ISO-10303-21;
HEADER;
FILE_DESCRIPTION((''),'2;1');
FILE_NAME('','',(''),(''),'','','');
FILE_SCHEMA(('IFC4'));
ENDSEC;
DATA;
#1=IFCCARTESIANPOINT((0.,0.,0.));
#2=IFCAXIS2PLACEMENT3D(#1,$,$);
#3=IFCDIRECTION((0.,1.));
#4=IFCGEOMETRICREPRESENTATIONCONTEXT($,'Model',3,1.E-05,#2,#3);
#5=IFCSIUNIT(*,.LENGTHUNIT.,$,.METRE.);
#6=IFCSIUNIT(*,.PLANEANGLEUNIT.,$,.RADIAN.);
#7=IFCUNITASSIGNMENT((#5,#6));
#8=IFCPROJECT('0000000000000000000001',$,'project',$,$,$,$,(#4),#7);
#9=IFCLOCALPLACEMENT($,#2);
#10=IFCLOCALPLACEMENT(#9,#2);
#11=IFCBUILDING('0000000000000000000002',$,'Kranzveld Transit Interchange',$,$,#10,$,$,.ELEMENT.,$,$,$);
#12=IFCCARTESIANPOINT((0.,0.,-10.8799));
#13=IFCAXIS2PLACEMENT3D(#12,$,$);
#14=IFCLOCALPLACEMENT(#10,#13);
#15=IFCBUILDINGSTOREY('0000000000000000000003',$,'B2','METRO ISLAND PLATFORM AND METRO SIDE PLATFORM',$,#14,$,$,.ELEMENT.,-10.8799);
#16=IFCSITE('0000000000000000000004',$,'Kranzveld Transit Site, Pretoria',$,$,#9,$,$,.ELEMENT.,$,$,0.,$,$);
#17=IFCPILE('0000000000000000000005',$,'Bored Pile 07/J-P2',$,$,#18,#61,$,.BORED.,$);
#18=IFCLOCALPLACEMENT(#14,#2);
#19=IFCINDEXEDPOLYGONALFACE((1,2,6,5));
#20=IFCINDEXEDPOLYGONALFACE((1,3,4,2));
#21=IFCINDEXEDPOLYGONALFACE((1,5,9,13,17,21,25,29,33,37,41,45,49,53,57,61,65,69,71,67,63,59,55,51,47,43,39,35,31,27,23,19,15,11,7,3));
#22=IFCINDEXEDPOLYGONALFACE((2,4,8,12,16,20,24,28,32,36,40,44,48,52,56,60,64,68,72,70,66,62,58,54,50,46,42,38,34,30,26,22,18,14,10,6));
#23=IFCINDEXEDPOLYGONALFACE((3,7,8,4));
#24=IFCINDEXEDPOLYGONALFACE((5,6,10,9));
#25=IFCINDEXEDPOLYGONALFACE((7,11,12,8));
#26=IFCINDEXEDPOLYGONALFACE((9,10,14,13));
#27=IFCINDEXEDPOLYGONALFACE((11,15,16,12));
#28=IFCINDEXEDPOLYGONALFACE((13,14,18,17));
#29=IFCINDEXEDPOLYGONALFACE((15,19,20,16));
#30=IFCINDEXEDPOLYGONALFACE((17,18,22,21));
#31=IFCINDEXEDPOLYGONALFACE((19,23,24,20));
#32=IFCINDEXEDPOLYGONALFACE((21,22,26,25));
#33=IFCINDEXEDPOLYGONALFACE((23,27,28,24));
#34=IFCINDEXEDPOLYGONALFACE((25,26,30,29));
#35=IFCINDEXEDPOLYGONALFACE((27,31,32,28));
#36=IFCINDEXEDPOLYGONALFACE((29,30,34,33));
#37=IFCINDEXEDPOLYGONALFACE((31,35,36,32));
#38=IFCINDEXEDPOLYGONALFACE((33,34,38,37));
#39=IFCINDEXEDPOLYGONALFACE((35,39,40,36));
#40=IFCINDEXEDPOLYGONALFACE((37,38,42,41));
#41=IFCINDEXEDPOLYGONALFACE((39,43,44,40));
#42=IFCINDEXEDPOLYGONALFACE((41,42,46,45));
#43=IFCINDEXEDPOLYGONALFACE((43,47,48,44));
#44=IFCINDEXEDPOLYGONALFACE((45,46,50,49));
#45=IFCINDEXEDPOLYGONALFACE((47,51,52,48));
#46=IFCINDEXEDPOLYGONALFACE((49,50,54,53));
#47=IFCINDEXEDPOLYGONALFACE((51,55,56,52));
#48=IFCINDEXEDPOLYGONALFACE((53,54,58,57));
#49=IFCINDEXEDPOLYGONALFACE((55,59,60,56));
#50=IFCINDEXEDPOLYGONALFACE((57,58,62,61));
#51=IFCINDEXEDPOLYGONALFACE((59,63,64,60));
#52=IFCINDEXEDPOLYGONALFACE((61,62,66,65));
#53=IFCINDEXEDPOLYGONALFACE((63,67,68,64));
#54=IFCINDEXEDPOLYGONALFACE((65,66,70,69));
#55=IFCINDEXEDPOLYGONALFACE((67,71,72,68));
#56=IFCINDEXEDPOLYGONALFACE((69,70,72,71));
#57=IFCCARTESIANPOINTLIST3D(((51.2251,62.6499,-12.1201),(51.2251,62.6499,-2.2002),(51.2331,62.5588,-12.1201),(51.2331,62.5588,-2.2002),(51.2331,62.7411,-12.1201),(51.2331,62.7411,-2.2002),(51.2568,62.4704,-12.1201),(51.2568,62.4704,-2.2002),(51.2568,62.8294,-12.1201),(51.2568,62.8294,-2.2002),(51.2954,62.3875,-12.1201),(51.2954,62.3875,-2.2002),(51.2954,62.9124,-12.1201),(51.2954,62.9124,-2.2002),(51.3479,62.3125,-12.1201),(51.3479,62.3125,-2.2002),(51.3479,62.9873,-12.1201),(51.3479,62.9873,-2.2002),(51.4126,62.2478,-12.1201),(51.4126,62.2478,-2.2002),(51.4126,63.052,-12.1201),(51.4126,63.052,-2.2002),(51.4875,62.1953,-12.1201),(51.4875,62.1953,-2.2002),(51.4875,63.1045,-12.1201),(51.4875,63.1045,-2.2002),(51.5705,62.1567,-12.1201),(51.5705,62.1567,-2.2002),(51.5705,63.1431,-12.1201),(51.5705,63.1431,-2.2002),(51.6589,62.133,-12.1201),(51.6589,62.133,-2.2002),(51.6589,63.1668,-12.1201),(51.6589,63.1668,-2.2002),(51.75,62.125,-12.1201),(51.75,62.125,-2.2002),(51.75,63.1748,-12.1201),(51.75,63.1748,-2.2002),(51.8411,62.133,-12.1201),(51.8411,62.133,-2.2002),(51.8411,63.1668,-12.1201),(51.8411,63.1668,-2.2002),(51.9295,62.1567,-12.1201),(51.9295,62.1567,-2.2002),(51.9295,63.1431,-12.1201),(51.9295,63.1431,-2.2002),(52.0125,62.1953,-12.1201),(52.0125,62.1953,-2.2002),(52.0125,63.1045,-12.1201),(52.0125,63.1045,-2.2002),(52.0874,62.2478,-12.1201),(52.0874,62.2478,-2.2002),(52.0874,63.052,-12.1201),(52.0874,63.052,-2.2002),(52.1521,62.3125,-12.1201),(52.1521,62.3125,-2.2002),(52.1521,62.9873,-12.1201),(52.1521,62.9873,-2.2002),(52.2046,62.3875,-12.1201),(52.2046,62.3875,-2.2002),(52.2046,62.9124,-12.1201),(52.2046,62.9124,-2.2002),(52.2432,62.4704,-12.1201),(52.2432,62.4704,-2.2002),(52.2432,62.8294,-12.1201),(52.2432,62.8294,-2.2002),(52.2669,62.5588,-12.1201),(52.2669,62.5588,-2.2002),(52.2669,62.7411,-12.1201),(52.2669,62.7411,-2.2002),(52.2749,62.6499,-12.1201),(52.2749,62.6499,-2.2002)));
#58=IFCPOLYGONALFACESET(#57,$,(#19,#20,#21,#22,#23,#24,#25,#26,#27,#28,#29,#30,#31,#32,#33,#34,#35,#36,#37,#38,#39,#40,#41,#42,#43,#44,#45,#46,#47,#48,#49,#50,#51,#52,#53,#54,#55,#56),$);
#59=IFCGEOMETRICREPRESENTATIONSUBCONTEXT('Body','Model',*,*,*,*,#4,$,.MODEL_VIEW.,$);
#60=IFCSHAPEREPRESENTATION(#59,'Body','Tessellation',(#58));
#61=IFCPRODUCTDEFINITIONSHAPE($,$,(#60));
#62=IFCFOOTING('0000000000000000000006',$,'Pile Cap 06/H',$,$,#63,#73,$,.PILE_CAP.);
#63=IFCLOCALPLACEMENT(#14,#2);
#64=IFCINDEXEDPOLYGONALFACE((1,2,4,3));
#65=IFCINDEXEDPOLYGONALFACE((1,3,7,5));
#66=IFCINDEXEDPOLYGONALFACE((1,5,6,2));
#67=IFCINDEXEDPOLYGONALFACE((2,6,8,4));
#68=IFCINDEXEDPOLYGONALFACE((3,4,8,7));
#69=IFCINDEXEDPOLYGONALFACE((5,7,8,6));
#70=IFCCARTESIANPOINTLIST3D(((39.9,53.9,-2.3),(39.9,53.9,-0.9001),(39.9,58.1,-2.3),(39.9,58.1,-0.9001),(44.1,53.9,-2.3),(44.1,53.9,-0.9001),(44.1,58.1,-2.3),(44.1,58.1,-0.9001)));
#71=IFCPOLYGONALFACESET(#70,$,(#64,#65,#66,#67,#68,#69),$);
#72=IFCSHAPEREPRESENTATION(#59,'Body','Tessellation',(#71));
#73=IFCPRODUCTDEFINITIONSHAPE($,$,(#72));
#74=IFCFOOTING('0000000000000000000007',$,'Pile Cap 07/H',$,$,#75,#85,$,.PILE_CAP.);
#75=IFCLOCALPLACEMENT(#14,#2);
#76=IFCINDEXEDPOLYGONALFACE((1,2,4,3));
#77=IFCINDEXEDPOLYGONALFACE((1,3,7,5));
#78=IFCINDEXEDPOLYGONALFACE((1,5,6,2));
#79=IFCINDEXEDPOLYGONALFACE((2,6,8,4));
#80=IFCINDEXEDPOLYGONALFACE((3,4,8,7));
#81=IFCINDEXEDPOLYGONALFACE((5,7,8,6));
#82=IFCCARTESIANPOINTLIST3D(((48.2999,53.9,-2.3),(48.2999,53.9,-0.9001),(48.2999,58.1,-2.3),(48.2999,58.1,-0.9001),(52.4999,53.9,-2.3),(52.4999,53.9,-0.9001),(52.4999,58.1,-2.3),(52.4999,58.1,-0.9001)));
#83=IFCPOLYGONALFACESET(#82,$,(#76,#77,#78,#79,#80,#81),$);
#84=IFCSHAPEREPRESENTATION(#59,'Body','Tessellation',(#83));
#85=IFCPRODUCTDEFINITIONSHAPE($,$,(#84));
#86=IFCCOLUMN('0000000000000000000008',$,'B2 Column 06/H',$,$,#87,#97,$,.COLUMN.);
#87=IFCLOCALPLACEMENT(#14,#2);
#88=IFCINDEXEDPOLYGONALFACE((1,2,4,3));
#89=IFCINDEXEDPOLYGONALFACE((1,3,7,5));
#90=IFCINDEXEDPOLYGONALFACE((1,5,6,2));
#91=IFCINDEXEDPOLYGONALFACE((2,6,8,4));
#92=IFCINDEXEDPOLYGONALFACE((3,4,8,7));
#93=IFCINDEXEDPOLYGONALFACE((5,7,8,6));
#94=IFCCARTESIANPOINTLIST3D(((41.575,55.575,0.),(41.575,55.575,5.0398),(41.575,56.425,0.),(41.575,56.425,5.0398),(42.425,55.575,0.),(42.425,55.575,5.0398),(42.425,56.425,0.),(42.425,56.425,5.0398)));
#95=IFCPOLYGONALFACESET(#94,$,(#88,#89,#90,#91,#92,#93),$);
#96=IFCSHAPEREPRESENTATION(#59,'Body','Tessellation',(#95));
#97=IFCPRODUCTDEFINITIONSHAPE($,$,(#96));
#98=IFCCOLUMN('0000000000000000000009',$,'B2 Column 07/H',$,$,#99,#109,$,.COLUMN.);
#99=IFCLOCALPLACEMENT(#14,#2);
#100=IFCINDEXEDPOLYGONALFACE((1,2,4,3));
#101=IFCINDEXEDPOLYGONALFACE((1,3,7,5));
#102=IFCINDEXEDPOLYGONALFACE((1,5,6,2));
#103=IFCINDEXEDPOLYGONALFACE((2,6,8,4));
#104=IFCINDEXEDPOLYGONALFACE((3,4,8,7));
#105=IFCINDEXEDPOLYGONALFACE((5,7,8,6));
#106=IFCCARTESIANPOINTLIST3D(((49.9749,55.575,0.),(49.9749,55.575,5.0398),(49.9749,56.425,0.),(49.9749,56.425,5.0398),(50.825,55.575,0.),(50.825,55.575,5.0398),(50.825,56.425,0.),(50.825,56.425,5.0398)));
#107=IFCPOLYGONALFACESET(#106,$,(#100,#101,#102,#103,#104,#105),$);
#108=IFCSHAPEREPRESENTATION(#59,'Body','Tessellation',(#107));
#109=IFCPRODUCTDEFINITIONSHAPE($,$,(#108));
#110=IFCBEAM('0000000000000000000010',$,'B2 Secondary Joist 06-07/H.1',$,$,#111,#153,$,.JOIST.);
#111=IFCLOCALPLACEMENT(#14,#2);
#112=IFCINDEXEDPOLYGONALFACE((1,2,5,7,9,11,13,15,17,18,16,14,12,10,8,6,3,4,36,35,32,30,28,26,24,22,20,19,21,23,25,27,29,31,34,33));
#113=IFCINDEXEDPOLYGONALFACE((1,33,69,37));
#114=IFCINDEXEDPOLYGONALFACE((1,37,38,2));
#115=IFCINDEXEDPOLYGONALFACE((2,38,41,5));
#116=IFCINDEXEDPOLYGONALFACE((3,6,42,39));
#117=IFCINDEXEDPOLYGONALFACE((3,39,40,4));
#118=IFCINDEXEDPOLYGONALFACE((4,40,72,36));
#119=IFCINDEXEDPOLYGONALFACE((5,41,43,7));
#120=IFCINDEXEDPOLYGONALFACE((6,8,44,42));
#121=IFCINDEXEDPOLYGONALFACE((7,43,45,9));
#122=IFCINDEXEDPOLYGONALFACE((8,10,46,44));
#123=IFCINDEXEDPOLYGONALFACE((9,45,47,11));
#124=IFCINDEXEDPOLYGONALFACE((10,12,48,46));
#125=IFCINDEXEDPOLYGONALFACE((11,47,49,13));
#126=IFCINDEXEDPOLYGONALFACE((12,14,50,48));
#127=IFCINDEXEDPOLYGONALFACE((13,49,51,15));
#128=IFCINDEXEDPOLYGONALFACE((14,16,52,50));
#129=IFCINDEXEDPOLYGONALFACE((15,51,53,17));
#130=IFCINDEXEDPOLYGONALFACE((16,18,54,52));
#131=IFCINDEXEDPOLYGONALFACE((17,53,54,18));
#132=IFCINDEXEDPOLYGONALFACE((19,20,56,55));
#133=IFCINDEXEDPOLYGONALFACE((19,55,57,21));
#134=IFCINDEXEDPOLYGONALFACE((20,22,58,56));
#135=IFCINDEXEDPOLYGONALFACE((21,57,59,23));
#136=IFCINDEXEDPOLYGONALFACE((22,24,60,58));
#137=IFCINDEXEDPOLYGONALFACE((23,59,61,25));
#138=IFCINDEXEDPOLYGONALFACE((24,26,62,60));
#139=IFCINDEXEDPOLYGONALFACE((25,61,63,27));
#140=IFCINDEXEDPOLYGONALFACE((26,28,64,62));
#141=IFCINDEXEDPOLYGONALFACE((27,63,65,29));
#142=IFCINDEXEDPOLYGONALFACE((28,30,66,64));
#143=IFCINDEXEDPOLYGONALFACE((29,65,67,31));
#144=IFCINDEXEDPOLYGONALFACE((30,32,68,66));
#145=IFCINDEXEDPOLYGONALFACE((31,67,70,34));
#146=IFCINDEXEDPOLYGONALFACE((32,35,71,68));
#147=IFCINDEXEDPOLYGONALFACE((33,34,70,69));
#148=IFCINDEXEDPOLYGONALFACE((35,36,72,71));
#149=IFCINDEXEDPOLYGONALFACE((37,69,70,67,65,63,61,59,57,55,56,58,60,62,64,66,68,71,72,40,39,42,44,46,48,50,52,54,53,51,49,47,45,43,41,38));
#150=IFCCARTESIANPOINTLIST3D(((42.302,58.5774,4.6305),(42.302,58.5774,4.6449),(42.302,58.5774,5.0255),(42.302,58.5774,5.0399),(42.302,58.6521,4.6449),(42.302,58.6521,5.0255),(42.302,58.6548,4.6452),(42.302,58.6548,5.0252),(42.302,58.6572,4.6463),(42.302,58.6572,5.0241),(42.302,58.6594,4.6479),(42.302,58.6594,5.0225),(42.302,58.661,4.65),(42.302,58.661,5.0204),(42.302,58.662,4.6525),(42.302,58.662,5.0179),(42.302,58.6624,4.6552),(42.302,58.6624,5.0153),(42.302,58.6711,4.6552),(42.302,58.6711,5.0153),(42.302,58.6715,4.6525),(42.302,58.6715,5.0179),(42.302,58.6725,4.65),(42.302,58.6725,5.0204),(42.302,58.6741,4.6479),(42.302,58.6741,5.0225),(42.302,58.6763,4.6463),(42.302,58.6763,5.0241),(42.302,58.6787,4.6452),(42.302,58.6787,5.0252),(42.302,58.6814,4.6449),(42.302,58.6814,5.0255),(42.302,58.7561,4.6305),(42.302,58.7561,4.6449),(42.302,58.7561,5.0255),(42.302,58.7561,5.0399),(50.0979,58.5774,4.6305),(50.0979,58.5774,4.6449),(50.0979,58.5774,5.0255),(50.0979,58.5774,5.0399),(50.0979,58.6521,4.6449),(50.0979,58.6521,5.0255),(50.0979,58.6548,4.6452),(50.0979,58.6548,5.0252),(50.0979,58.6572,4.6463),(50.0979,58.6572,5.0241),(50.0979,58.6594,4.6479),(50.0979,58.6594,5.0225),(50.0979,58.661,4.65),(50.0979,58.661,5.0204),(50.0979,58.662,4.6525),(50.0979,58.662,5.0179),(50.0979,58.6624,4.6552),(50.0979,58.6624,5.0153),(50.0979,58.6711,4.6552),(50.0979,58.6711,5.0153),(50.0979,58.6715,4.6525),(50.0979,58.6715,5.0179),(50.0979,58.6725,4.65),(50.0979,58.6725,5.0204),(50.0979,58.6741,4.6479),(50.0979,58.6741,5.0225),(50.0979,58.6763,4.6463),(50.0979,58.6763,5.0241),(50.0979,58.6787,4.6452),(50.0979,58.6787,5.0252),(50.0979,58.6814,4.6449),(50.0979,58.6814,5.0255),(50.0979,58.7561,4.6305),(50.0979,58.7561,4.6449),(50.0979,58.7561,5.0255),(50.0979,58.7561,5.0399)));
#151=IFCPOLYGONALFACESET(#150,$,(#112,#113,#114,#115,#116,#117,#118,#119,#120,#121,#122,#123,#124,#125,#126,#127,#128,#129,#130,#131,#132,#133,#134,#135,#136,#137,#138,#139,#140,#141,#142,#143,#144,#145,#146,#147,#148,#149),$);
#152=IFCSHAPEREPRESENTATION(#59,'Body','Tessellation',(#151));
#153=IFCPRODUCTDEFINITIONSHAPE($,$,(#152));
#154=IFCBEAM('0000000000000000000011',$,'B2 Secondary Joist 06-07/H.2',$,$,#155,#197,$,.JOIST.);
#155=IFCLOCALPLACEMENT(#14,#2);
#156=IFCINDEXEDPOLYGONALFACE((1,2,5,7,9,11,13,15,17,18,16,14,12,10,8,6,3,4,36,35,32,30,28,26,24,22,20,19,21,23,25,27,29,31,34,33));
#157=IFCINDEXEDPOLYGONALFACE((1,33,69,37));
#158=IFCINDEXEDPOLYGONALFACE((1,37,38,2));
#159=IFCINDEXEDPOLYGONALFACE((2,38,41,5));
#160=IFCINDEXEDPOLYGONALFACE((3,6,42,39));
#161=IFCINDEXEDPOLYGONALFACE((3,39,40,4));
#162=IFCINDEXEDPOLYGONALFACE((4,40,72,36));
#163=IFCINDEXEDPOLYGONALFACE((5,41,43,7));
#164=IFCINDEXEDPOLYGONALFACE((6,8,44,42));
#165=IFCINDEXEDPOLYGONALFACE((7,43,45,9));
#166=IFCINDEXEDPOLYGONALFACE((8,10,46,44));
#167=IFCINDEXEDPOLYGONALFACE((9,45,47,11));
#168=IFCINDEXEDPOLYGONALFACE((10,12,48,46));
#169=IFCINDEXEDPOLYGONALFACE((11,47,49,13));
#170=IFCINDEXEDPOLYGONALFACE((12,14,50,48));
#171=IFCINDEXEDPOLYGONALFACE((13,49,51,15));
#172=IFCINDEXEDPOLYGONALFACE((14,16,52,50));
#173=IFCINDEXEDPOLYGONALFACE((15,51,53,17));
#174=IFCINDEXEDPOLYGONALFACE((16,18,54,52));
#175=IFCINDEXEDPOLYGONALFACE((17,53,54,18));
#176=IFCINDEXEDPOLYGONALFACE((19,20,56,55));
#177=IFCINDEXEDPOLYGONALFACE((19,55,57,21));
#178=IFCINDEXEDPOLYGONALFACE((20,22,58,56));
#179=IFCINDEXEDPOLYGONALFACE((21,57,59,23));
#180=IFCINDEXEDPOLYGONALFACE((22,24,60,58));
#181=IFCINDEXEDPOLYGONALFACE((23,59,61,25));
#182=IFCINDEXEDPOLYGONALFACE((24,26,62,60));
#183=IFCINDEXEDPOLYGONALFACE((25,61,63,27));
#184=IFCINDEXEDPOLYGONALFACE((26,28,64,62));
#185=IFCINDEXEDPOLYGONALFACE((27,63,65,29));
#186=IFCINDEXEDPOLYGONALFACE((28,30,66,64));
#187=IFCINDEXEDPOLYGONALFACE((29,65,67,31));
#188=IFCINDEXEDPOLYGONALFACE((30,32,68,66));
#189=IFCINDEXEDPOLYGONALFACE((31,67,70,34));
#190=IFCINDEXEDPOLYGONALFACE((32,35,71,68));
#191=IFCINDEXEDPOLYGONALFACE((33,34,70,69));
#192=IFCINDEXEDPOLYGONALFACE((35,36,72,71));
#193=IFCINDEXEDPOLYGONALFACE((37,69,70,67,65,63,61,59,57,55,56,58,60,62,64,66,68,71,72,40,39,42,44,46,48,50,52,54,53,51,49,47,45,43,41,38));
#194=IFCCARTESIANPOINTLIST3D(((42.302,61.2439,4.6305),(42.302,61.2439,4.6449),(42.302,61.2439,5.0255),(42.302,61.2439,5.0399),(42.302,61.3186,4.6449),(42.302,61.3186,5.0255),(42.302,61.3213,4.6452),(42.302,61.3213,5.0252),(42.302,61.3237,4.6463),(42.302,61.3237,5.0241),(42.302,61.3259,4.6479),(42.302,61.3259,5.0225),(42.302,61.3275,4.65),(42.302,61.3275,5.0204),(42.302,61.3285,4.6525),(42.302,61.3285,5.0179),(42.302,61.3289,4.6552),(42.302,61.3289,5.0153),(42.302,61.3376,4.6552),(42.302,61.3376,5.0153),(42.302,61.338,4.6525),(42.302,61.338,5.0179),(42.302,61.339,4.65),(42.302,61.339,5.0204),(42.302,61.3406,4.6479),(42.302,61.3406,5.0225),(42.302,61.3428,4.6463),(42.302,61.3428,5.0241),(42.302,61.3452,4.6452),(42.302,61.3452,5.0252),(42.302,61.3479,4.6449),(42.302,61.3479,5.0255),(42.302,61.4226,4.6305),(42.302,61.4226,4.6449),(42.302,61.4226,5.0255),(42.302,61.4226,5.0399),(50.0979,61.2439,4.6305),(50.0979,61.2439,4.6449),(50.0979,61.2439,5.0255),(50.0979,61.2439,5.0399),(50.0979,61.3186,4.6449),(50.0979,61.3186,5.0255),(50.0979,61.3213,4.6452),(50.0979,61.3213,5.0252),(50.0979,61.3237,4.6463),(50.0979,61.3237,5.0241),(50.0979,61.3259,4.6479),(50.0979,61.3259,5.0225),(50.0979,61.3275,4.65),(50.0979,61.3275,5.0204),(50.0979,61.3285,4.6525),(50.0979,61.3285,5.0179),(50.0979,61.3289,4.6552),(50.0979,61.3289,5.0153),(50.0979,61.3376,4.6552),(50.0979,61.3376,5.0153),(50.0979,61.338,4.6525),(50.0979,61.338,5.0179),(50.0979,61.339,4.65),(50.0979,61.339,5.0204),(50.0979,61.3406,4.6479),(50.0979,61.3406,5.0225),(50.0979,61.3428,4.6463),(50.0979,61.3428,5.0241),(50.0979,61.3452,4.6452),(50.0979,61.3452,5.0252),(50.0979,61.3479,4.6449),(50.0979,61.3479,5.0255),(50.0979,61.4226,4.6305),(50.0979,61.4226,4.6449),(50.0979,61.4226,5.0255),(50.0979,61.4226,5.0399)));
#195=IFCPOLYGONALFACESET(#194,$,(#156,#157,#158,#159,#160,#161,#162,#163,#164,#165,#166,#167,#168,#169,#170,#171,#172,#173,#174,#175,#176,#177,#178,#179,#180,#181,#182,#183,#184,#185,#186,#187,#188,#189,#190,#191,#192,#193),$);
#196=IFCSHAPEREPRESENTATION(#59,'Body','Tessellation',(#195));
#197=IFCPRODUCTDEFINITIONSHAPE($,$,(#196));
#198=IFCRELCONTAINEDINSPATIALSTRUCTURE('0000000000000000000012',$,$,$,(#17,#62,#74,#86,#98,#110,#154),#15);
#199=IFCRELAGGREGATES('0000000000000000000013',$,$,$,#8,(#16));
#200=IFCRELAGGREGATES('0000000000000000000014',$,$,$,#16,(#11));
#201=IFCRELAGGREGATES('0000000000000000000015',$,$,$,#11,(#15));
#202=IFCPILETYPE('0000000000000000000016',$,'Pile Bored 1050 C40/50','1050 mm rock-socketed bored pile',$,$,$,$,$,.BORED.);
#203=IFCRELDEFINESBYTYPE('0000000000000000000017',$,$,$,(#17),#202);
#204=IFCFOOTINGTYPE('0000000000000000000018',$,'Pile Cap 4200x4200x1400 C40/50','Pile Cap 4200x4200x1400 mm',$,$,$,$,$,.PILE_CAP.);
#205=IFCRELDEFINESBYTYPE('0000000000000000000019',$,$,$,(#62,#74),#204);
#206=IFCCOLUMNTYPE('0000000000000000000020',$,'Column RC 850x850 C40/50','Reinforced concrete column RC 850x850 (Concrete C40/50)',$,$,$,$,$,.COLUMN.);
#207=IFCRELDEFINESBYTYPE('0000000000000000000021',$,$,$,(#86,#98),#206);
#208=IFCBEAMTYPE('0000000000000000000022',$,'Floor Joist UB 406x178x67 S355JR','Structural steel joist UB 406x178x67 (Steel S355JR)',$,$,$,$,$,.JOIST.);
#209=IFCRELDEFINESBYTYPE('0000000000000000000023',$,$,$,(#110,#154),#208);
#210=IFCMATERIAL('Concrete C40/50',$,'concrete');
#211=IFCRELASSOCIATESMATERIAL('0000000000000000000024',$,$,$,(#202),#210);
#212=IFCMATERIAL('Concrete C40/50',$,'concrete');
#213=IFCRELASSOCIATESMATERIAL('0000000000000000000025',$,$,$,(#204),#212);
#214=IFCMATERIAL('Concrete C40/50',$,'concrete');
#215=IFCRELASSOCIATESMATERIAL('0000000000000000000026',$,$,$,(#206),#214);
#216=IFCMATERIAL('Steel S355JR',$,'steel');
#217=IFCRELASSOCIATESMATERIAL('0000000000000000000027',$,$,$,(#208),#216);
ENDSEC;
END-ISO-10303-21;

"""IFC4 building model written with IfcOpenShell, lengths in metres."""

from ifc_helpers import new_model, si_unit, direction, frame, origin, origin_2d, place, context, subcontext, project, spatial, rectangle, circle, i_section, extrude, material, material_profile, profile_set, type_object, element, save


model = new_model("IFC4")

# Units and contexts
model_context = context("Model", 3, precision=1e-05, world=origin(), true_north=direction((0.0, 1.0)))
body_context = subcontext(model_context, "Body", "Model", "MODEL_VIEW")
ifc_project = project(units=[si_unit("LENGTHUNIT", "METRE"), si_unit("PLANEANGLEUNIT", "RADIAN")], contexts=[model_context])

# Site, building, storey
site_placement = place(None, origin())
site = spatial("IfcSite", under=ifc_project, at=site_placement, Name="Kranzveld Transit Site, Pretoria", CompositionType="ELEMENT", RefElevation=0.0)
building_placement = place(site_placement, origin())
building = spatial("IfcBuilding", under=site, at=building_placement, Name="Kranzveld Transit Interchange", CompositionType="ELEMENT")
storey_placement = place(building_placement, frame((0.0, 0.0, -10.8799)))
storey = spatial("IfcBuildingStorey", under=building, at=storey_placement, Name="B2", Description="METRO ISLAND PLATFORM AND METRO SIDE PLATFORM", CompositionType="ELEMENT", Elevation=-10.8799)

# Pile
ifc_material_1 = material(Name="Concrete C40/50", Category="concrete")
ifc_material_profile_1 = material_profile(ifc_material_1, circle(Radius=0.5249, at=origin_2d()), Name="BORED PILE 1050")
ifc_profile_set_1 = profile_set([ifc_material_profile_1], Name="Concrete C40/50")
pile_type = type_object("IfcPileType", Name="Pile Bored 1050 C40/50", Description="1050 mm rock-socketed bored pile", PredefinedType="BORED", material=ifc_profile_set_1)
for number, where, z_axis, x_axis, name in (
    (1, (51.75, 62.6499, -2.2002), (0.0, 0.0, -1.0), (1.0, 0.0, 0.0), "Bored Pile 07/J-P2"),
):
    element("IfcPile", number, at=place(storey_placement, frame(where, z_axis=z_axis, x_axis=x_axis)), inside=storey, type_object=pile_type, Name=name, PredefinedType="BORED", context=body_context, shape_type="SweptSolid", body=[
        extrude(circle(Radius=0.5249, at=origin_2d()), origin(), (0.0, 0.0, 1.0), 9.9199),
    ])

# Footings
ifc_material_2 = material(Name="Concrete C40/50", Category="concrete")
footing_type = type_object("IfcFootingType", Name="Pile Cap 4200x4200x1400 C40/50", Description="Pile Cap 4200x4200x1400 mm", PredefinedType="PILE_CAP", material=ifc_material_2)
for number, where, z_axis, x_axis, name in (
    (2, (42.0, 56.0, -2.3), (0.0, 0.0, 1.0), (1.0, 0.0, 0.0), "Pile Cap 06/H"),
    (3, (50.3999, 56.0, -2.3), (0.0, 0.0, 1.0), (1.0, 0.0, 0.0), "Pile Cap 07/H"),
):
    element("IfcFooting", number, at=place(storey_placement, frame(where, z_axis=z_axis, x_axis=x_axis)), inside=storey, type_object=footing_type, Name=name, PredefinedType="PILE_CAP", context=body_context, shape_type="SweptSolid", body=[
        extrude(rectangle(XDim=4.2, YDim=4.2, at=origin_2d()), origin(), (0.0, 0.0, 1.0), 1.3999),
    ])

# Columns
ifc_material_3 = material(Name="Concrete C40/50", Category="concrete")
ifc_material_profile_2 = material_profile(ifc_material_3, rectangle(XDim=0.8501, YDim=0.8501, at=origin_2d()), Name="RC 850x850")
ifc_profile_set_2 = profile_set([ifc_material_profile_2], Name="Concrete C40/50")
column_type = type_object("IfcColumnType", Name="Column RC 850x850 C40/50", Description="Reinforced concrete column RC 850x850 (Concrete C40/50)", PredefinedType="COLUMN", material=ifc_profile_set_2)
for number, where, z_axis, x_axis, name in (
    (4, (42.0, 56.0, 0.0), (0.0, 0.0, 1.0), (1.0, 0.0, 0.0), "B2 Column 06/H"),
    (5, (50.3999, 56.0, 0.0), (0.0, 0.0, 1.0), (1.0, 0.0, 0.0), "B2 Column 07/H"),
):
    element("IfcColumn", number, at=place(storey_placement, frame(where, z_axis=z_axis, x_axis=x_axis)), inside=storey, type_object=column_type, Name=name, PredefinedType="COLUMN", context=body_context, shape_type="SweptSolid", body=[
        extrude(rectangle(XDim=0.8501, YDim=0.8501, at=origin_2d()), origin(), (0.0, 0.0, 1.0), 5.0398),
    ])

# Beams
ifc_material_4 = material(Name="Steel S355JR", Category="steel")
ifc_material_profile_3 = material_profile(ifc_material_4, i_section(OverallWidth=0.1787, OverallDepth=0.4094, WebThickness=0.0088, FlangeThickness=0.0144, FilletRadius=0.0103, at=origin_2d()), Name="UB 406x178x67")
ifc_profile_set_3 = profile_set([ifc_material_profile_3], Name="Steel S355JR")
beam_type_1 = type_object("IfcBeamType", Name="Floor Joist UB 406x178x67 S355JR", Description="Structural steel joist UB 406x178x67 (Steel S355JR)", PredefinedType="JOIST", material=ifc_profile_set_3)
for number, where, z_axis, x_axis, name in (
    (6, (42.302, 58.6667, 4.8352), (1.0, 0.0, 0.0), (0.0, 1.0, 0.0), "B2 Secondary Joist 06-07/H.1"),
    (7, (42.302, 61.3333, 4.8352), (1.0, 0.0, 0.0), (0.0, 1.0, 0.0), "B2 Secondary Joist 06-07/H.2"),
):
    element("IfcBeam", number, at=place(storey_placement, frame(where, z_axis=z_axis, x_axis=x_axis)), inside=storey, type_object=beam_type_1, Name=name, PredefinedType="JOIST", context=body_context, shape_type="SweptSolid", body=[
        extrude(i_section(OverallWidth=0.1787, OverallDepth=0.4094, WebThickness=0.0088, FlangeThickness=0.0144, FilletRadius=0.0103, at=origin_2d()), origin(), (0.0, 0.0, 1.0), 7.7959),
    ])

save(model, "model.ifc")
